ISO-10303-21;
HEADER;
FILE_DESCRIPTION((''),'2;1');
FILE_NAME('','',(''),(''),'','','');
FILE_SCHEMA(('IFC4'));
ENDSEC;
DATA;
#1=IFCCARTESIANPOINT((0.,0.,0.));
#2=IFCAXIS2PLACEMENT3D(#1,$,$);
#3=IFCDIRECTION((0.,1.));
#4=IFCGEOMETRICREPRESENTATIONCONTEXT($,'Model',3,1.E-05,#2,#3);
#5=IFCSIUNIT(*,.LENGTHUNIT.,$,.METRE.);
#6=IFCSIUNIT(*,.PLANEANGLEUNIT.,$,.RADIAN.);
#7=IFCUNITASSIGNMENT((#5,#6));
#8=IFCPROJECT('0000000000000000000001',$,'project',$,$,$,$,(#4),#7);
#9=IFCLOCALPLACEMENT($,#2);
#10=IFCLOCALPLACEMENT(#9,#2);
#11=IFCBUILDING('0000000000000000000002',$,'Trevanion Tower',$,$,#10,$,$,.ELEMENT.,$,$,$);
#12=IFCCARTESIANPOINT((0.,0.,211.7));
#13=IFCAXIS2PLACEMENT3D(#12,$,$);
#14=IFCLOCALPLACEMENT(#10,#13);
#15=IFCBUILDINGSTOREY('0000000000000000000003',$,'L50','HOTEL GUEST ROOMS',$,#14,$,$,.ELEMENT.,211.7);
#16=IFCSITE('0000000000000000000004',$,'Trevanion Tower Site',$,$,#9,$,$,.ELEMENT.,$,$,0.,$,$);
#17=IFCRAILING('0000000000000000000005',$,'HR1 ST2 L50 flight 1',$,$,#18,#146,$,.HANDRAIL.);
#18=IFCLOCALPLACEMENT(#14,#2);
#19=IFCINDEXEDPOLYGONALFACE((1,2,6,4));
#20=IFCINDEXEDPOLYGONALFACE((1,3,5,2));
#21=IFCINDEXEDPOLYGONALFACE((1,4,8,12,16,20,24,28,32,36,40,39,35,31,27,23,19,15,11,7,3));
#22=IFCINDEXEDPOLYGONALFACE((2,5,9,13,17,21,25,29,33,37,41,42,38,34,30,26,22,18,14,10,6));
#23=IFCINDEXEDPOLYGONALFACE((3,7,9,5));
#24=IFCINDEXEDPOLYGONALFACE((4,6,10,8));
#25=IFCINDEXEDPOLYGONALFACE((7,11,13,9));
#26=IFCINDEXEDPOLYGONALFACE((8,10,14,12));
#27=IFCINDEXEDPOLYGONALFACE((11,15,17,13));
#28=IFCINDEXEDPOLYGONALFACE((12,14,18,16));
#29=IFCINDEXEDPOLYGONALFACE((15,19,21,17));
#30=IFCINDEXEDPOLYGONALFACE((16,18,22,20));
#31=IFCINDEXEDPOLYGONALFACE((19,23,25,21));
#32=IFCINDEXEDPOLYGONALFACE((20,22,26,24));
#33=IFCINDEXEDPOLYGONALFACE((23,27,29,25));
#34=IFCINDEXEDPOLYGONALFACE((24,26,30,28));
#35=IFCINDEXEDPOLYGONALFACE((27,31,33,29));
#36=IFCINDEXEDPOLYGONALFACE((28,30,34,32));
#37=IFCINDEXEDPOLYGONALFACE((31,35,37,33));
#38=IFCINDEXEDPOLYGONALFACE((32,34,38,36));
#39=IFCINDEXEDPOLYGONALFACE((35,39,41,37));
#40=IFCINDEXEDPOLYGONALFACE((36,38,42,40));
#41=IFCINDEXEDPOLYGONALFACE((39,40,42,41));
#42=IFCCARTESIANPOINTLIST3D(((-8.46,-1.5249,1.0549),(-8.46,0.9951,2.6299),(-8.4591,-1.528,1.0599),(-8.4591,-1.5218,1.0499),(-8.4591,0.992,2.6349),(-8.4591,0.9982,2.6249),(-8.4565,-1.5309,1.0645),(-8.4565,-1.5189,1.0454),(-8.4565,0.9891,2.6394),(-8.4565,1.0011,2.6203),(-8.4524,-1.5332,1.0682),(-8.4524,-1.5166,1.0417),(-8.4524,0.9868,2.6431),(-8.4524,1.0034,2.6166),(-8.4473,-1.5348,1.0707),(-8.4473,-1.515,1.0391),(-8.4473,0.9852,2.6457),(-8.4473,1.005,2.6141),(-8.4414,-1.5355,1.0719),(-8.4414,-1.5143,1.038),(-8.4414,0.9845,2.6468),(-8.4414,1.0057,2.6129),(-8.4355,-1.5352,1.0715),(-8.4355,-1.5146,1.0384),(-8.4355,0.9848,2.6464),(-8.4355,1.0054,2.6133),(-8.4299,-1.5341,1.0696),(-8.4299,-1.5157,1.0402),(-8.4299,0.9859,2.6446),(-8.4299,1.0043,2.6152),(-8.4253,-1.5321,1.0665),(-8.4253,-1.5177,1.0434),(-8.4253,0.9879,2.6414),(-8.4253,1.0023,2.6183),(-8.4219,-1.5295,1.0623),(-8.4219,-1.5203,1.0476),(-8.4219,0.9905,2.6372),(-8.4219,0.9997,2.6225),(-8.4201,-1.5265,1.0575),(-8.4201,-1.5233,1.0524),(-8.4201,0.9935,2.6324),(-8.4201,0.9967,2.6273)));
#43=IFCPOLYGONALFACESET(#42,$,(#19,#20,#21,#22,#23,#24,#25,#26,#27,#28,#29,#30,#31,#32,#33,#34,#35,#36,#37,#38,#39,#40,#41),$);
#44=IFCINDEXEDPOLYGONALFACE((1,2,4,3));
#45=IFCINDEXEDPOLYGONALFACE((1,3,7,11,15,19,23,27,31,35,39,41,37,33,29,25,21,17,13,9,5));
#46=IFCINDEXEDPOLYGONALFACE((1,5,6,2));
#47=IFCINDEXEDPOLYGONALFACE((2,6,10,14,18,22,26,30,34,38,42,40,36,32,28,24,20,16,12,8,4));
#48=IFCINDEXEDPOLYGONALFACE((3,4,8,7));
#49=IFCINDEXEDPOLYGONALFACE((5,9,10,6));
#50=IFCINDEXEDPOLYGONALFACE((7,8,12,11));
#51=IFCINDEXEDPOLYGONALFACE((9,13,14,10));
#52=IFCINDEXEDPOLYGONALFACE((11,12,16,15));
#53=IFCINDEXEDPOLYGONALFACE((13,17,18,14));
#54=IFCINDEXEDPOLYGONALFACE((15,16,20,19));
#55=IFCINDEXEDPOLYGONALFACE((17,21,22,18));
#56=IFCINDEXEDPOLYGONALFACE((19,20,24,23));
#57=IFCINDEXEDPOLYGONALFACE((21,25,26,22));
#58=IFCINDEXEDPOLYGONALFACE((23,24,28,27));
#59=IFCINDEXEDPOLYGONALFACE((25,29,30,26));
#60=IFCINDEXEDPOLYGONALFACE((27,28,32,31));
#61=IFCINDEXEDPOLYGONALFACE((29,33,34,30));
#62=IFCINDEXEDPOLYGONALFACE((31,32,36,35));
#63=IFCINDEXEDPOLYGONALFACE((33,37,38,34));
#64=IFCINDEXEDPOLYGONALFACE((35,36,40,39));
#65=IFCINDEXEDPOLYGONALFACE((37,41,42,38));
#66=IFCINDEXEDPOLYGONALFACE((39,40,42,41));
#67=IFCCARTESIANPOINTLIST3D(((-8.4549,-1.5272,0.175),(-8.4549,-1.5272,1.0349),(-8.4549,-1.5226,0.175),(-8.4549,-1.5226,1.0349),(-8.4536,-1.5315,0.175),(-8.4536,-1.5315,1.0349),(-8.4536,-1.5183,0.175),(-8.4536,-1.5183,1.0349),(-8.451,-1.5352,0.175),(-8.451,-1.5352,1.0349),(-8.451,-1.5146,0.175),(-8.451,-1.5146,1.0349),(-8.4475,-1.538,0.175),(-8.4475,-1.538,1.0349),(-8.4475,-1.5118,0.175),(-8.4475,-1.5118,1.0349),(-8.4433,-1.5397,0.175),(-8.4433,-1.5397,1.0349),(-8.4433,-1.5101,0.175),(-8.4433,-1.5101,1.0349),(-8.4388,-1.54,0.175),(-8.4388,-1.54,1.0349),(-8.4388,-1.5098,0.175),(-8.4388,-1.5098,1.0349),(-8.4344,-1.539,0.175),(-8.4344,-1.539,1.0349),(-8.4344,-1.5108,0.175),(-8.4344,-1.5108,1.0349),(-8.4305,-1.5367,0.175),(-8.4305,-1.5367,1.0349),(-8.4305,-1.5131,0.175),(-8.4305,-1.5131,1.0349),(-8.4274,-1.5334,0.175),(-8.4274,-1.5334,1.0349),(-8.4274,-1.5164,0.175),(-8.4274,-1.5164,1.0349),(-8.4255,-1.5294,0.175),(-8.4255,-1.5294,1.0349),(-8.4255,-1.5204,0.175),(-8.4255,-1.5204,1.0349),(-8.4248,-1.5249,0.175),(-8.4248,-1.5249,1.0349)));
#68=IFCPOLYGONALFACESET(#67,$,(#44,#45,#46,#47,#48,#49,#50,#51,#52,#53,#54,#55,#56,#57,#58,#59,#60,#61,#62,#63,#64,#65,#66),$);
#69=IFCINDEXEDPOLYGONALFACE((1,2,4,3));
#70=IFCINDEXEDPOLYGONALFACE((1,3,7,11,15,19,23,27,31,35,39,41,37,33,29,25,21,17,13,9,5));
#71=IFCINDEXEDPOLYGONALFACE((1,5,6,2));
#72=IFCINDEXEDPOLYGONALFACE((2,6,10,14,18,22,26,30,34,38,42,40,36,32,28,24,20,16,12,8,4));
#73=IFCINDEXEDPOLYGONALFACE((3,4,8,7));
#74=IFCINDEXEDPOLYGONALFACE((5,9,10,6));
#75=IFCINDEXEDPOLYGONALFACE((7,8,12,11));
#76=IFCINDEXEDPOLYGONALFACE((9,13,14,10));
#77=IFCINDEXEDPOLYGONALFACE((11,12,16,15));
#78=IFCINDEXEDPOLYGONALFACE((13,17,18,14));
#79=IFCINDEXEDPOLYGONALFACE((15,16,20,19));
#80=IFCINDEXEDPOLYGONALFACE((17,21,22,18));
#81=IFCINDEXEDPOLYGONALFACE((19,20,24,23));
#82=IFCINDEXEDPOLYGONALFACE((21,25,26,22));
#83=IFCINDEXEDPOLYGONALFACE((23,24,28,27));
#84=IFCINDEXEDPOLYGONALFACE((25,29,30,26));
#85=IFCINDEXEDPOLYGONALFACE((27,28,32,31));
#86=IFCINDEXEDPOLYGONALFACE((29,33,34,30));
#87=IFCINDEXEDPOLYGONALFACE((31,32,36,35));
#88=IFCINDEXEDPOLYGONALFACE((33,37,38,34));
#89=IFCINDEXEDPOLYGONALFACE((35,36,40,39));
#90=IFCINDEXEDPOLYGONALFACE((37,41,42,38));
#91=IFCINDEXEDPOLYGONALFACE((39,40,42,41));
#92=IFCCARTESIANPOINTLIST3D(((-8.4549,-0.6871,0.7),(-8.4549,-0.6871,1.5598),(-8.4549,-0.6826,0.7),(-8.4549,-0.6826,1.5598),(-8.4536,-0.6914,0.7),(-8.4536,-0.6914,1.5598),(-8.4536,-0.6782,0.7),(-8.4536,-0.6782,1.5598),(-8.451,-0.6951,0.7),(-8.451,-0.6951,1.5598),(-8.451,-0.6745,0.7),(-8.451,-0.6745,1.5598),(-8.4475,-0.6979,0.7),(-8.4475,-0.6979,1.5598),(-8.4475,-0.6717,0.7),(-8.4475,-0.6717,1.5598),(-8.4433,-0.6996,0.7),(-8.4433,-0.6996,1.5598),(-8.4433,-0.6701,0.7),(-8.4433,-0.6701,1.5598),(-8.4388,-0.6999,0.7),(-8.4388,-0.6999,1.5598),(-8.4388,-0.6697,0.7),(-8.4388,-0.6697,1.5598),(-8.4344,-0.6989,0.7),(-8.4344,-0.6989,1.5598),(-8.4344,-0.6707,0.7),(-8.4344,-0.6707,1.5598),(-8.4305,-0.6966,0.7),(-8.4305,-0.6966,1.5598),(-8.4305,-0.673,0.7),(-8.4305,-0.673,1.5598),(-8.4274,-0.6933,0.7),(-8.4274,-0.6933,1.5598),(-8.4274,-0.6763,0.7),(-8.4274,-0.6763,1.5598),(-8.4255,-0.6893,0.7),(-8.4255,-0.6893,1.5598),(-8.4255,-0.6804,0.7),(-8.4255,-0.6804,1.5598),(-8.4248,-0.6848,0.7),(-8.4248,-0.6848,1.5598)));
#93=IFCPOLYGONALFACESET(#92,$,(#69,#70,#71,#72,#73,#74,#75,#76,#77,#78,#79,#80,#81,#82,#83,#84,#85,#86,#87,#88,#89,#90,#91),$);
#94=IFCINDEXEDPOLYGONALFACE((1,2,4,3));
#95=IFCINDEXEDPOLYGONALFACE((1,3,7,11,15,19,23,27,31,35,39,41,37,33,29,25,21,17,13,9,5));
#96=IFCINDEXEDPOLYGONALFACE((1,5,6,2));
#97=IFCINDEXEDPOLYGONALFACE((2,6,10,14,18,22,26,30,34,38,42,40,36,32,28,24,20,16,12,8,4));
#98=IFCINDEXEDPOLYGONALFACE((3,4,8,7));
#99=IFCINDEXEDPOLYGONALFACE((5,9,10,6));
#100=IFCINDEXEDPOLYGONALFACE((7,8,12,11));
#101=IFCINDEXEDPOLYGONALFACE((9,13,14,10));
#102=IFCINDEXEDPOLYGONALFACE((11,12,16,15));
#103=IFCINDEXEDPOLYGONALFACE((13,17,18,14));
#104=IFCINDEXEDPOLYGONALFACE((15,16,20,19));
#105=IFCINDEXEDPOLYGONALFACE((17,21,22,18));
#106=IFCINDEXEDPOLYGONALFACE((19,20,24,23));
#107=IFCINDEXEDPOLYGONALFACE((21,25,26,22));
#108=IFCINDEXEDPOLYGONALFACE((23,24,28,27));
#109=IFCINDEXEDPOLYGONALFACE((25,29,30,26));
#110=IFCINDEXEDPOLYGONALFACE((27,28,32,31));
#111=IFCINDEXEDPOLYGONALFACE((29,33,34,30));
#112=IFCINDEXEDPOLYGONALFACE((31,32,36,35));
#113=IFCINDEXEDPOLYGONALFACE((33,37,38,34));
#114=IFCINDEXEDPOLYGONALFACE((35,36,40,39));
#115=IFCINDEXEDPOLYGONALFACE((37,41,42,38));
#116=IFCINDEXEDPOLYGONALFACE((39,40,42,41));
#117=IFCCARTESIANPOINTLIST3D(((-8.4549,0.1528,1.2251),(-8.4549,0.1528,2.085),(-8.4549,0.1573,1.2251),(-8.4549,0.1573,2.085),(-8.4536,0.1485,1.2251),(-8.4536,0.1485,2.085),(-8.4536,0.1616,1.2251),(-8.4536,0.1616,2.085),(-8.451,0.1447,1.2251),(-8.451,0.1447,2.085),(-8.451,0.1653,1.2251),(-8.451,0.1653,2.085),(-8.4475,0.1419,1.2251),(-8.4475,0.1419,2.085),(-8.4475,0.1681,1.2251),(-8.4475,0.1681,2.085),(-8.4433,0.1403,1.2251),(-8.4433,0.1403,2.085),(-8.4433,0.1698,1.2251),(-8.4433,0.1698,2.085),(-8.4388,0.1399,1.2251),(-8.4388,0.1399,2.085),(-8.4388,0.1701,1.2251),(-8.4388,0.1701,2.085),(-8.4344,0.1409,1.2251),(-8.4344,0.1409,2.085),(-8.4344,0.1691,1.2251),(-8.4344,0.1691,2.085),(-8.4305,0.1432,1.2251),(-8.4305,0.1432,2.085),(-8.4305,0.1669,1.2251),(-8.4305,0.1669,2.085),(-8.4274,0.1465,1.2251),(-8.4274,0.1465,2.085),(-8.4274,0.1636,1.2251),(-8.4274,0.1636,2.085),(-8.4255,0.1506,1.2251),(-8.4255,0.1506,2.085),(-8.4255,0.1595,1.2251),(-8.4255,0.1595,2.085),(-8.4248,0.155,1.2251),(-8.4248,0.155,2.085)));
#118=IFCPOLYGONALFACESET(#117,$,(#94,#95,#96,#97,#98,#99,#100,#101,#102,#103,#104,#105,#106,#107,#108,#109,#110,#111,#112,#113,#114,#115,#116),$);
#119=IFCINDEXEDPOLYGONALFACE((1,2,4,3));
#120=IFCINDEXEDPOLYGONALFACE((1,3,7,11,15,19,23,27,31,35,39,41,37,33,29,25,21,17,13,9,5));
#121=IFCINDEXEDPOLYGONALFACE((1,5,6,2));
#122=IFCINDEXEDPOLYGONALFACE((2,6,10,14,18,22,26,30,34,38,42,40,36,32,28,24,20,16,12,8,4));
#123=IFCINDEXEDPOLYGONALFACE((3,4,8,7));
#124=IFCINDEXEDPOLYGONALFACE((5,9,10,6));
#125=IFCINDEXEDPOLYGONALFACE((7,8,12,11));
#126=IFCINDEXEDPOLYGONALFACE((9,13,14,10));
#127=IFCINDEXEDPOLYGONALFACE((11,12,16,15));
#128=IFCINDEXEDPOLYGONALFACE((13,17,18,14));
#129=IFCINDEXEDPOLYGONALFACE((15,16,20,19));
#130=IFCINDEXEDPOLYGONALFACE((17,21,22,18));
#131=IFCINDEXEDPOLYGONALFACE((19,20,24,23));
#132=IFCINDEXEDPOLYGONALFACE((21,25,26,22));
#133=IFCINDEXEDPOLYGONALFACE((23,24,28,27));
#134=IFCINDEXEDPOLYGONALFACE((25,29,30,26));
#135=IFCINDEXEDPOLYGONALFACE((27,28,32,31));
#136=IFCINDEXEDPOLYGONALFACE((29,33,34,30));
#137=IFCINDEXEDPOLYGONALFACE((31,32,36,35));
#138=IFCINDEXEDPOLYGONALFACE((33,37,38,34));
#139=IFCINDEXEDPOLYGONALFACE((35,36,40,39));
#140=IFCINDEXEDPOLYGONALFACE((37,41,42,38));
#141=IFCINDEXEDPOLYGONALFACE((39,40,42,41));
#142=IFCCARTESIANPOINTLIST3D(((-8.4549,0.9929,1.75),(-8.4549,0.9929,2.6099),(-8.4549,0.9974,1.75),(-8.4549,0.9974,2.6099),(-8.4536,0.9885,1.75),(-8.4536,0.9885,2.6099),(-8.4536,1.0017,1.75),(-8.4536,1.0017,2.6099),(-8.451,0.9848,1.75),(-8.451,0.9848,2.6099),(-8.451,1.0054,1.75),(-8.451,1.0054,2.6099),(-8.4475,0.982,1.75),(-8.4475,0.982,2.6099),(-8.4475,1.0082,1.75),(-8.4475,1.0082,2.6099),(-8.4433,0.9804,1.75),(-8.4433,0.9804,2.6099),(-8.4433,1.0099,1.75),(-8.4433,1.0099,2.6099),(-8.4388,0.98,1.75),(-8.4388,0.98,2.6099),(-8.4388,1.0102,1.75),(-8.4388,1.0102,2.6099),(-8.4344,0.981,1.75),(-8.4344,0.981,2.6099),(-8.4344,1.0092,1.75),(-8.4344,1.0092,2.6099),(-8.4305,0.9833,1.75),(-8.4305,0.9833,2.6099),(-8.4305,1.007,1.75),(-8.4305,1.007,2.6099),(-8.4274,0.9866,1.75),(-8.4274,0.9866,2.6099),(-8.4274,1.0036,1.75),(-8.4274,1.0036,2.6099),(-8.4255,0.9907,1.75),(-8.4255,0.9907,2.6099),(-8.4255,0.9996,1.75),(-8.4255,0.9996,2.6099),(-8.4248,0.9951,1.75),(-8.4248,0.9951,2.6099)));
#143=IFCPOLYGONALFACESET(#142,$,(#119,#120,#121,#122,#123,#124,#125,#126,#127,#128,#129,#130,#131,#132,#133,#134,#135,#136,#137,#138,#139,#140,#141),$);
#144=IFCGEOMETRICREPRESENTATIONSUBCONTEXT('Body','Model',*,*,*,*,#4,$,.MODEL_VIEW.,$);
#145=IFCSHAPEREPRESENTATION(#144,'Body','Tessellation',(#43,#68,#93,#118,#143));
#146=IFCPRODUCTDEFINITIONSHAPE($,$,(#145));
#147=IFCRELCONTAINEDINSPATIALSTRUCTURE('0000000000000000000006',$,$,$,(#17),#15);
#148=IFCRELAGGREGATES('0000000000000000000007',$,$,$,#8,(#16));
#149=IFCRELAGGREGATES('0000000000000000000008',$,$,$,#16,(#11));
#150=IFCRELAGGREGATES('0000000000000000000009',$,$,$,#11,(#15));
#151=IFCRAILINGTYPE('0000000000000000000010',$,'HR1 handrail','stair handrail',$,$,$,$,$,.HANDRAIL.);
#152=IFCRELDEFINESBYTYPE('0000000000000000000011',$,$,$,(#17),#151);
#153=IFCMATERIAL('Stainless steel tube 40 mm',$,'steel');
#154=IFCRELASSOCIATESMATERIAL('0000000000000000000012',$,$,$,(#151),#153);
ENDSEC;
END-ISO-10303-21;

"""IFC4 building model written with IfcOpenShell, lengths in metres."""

from ifc_helpers import new_model, si_unit, direction, frame, origin, origin_2d, place, context, subcontext, project, spatial, circle, extrude, material, type_object, element, save


model = new_model("IFC4")

# Units and contexts
model_context = context("Model", 3, precision=1e-05, world=origin(), true_north=direction((0.0, 1.0)))
body_context = subcontext(model_context, "Body", "Model", "MODEL_VIEW")
ifc_project = project(units=[si_unit("LENGTHUNIT", "METRE"), si_unit("PLANEANGLEUNIT", "RADIAN")], contexts=[model_context])

# Site, building, storey
site_placement = place(None, origin())
site = spatial("IfcSite", under=ifc_project, at=site_placement, Name="Trevanion Tower Site", CompositionType="ELEMENT", RefElevation=0.0)
building_placement = place(site_placement, origin())
building = spatial("IfcBuilding", under=site, at=building_placement, Name="Trevanion Tower", CompositionType="ELEMENT")
storey_placement = place(building_placement, frame((0.0, 0.0, 211.7)))
storey = spatial("IfcBuildingStorey", under=building, at=storey_placement, Name="L50", Description="HOTEL GUEST ROOMS", CompositionType="ELEMENT", Elevation=211.7)

# Railing
ifc_material_1 = material(Name="Stainless steel tube 40 mm", Category="steel")
railing_type = type_object("IfcRailingType", Name="HR1 handrail", Description="stair handrail", PredefinedType="HANDRAIL", material=ifc_material_1)
for number, where, name in (
    (1, (-8.4399, -1.5249, 0.175), "HR1 ST2 L50 flight 1"),
):
    element("IfcRailing", number, at=place(storey_placement, frame(where)), inside=storey, type_object=railing_type, Name=name, PredefinedType="HANDRAIL", context=body_context, shape_type="SweptSolid", body=[
        extrude(circle(Radius=0.02, at=origin_2d()), frame((0.0, 0.0, 0.8799), z_axis=(0.0, 0.848008, 0.529984), x_axis=(-1.0, 0.0, 0.0)), (0.0, 0.0, 1.0), 2.9717),
        extrude(circle(Radius=0.0151, at=origin_2d()), origin(), (0.0, 0.0, 1.0), 0.8599),
        extrude(circle(Radius=0.0151, at=origin_2d()), frame((0.0, 0.8401, 0.5249)), (0.0, 0.0, 1.0), 0.8599),
        extrude(circle(Radius=0.0151, at=origin_2d()), frame((0.0, 1.6799, 1.05)), (0.0, 0.0, 1.0), 0.8599),
        extrude(circle(Radius=0.0151, at=origin_2d()), frame((0.0, 2.52, 1.575)), (0.0, 0.0, 1.0), 0.8599),
    ])

save(model, "model.ifc")
